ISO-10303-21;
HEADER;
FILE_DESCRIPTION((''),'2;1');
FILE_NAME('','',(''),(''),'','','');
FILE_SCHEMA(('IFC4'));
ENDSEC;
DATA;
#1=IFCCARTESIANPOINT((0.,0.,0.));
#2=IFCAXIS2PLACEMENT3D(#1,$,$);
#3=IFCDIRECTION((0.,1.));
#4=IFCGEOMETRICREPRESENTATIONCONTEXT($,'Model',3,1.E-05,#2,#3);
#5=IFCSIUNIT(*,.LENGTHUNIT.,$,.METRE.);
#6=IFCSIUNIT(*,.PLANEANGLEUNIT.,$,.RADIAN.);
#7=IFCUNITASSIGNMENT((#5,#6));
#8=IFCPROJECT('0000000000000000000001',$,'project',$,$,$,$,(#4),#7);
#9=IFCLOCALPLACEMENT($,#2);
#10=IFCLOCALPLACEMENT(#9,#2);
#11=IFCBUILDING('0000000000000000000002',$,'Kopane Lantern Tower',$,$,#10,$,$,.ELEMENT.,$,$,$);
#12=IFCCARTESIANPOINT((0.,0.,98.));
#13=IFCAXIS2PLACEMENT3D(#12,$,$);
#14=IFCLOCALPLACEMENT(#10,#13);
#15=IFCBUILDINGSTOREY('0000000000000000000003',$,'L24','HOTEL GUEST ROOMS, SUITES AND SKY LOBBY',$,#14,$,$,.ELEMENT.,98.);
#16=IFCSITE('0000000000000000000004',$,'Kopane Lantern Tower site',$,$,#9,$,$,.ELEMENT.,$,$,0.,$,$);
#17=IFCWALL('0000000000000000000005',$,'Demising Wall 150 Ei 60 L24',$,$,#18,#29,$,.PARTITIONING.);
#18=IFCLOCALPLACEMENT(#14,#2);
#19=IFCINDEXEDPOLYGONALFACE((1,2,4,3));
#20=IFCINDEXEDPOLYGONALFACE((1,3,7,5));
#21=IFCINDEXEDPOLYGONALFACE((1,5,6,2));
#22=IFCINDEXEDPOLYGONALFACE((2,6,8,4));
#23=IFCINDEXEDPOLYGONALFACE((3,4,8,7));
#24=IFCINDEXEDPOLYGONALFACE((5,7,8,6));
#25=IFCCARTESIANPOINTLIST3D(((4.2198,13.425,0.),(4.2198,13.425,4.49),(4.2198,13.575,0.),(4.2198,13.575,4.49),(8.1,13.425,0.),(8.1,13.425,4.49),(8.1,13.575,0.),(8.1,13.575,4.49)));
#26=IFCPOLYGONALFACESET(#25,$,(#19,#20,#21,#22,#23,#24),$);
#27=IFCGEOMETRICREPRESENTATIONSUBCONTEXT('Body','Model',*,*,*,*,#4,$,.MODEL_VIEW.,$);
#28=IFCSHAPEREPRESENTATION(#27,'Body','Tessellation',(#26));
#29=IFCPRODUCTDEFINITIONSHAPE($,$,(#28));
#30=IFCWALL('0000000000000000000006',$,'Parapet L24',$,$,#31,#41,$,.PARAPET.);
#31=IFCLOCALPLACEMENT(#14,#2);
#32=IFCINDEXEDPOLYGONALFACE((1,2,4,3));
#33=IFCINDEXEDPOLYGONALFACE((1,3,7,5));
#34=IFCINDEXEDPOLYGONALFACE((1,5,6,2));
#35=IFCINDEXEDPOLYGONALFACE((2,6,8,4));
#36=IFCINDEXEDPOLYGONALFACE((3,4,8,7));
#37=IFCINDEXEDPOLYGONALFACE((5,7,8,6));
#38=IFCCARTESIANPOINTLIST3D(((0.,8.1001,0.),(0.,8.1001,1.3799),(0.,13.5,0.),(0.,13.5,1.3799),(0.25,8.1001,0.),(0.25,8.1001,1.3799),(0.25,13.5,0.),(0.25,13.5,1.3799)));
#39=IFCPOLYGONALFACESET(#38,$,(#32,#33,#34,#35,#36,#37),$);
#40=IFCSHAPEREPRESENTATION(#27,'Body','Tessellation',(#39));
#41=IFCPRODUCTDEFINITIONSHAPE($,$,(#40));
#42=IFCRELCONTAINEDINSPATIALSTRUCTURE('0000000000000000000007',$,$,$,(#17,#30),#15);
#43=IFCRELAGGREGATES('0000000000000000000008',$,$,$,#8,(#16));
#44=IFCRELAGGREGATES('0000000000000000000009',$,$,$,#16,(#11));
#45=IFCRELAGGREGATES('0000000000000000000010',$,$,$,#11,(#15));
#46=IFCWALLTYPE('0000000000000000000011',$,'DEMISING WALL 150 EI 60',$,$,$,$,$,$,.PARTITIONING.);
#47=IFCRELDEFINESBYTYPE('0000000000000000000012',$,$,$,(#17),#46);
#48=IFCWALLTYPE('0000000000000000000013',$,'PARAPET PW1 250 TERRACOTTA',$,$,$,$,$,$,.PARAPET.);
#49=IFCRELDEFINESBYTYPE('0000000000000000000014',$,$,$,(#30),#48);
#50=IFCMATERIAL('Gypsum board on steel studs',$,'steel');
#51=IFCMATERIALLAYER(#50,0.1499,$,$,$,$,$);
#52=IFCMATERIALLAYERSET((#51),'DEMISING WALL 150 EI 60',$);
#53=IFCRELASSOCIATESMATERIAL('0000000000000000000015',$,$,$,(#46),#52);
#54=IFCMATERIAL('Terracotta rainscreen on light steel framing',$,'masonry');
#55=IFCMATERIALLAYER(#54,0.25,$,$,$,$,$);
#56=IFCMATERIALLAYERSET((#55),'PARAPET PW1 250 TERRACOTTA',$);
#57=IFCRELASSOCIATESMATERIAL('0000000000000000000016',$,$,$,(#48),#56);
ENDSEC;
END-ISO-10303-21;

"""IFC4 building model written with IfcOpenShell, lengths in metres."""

from ifc_helpers import new_model, si_unit, direction, frame, frame_2d, origin, place, context, subcontext, project, spatial, rectangle, extrude, material, layer, layer_set, type_object, element, save


model = new_model("IFC4")

# Units and contexts
model_context = context("Model", 3, precision=1e-05, world=origin(), true_north=direction((0.0, 1.0)))
body_context = subcontext(model_context, "Body", "Model", "MODEL_VIEW")
ifc_project = project(units=[si_unit("LENGTHUNIT", "METRE"), si_unit("PLANEANGLEUNIT", "RADIAN")], contexts=[model_context])

# Site, building, storey
site_placement = place(None, origin())
site = spatial("IfcSite", under=ifc_project, at=site_placement, Name="Kopane Lantern Tower site", CompositionType="ELEMENT", RefElevation=0.0)
building_placement = place(site_placement, origin())
building = spatial("IfcBuilding", under=site, at=building_placement, Name="Kopane Lantern Tower", CompositionType="ELEMENT")
storey_placement = place(building_placement, frame((0.0, 0.0, 98.0)))
storey = spatial("IfcBuildingStorey", under=building, at=storey_placement, Name="L24", Description="HOTEL GUEST ROOMS, SUITES AND SKY LOBBY", CompositionType="ELEMENT", Elevation=98.0)

# Walls
ifc_material_1 = material(Name="Gypsum board on steel studs", Category="steel")
ifc_layer_1 = layer(ifc_material_1, 0.1499)
ifc_layer_set_1 = layer_set([ifc_layer_1], Name="DEMISING WALL 150 EI 60")
wall_type_1 = type_object("IfcWallType", Name="DEMISING WALL 150 EI 60", PredefinedType="PARTITIONING", material=ifc_layer_set_1)
wall_1_placement = place(storey_placement, frame((4.22, 13.5, 0.0), z_axis=(0.0, 0.0, 1.0), x_axis=(1.0, 0.0, 0.0)))
element("IfcWall", 1, at=wall_1_placement, inside=storey, type_object=wall_type_1, Name="Demising Wall 150 Ei 60 L24", PredefinedType="PARTITIONING", context=body_context, shape_type="SweptSolid", body=[
    extrude(rectangle(XDim=3.8801, YDim=0.1499, at=frame_2d((1.9399, 0.0))), origin(), (0.0, 0.0, 1.0), 4.49),
])
ifc_material_2 = material(Name="Terracotta rainscreen on light steel framing", Category="masonry")
ifc_layer_2 = layer(ifc_material_2, 0.25)
ifc_layer_set_2 = layer_set([ifc_layer_2], Name="PARAPET PW1 250 TERRACOTTA")
wall_type_2 = type_object("IfcWallType", Name="PARAPET PW1 250 TERRACOTTA", PredefinedType="PARAPET", material=ifc_layer_set_2)
wall_2_placement = place(storey_placement, frame((0.125, 13.5, 0.0), z_axis=(0.0, 0.0, 1.0), x_axis=(0.0, -1.0, 0.0)))
element("IfcWall", 2, at=wall_2_placement, inside=storey, type_object=wall_type_2, Name="Parapet L24", PredefinedType="PARAPET", context=body_context, shape_type="SweptSolid", body=[
    extrude(rectangle(XDim=5.3999, YDim=0.25, at=frame_2d((2.7, 0.0))), origin(), (0.0, 0.0, 1.0), 1.3799),
])

save(model, "model.ifc")
